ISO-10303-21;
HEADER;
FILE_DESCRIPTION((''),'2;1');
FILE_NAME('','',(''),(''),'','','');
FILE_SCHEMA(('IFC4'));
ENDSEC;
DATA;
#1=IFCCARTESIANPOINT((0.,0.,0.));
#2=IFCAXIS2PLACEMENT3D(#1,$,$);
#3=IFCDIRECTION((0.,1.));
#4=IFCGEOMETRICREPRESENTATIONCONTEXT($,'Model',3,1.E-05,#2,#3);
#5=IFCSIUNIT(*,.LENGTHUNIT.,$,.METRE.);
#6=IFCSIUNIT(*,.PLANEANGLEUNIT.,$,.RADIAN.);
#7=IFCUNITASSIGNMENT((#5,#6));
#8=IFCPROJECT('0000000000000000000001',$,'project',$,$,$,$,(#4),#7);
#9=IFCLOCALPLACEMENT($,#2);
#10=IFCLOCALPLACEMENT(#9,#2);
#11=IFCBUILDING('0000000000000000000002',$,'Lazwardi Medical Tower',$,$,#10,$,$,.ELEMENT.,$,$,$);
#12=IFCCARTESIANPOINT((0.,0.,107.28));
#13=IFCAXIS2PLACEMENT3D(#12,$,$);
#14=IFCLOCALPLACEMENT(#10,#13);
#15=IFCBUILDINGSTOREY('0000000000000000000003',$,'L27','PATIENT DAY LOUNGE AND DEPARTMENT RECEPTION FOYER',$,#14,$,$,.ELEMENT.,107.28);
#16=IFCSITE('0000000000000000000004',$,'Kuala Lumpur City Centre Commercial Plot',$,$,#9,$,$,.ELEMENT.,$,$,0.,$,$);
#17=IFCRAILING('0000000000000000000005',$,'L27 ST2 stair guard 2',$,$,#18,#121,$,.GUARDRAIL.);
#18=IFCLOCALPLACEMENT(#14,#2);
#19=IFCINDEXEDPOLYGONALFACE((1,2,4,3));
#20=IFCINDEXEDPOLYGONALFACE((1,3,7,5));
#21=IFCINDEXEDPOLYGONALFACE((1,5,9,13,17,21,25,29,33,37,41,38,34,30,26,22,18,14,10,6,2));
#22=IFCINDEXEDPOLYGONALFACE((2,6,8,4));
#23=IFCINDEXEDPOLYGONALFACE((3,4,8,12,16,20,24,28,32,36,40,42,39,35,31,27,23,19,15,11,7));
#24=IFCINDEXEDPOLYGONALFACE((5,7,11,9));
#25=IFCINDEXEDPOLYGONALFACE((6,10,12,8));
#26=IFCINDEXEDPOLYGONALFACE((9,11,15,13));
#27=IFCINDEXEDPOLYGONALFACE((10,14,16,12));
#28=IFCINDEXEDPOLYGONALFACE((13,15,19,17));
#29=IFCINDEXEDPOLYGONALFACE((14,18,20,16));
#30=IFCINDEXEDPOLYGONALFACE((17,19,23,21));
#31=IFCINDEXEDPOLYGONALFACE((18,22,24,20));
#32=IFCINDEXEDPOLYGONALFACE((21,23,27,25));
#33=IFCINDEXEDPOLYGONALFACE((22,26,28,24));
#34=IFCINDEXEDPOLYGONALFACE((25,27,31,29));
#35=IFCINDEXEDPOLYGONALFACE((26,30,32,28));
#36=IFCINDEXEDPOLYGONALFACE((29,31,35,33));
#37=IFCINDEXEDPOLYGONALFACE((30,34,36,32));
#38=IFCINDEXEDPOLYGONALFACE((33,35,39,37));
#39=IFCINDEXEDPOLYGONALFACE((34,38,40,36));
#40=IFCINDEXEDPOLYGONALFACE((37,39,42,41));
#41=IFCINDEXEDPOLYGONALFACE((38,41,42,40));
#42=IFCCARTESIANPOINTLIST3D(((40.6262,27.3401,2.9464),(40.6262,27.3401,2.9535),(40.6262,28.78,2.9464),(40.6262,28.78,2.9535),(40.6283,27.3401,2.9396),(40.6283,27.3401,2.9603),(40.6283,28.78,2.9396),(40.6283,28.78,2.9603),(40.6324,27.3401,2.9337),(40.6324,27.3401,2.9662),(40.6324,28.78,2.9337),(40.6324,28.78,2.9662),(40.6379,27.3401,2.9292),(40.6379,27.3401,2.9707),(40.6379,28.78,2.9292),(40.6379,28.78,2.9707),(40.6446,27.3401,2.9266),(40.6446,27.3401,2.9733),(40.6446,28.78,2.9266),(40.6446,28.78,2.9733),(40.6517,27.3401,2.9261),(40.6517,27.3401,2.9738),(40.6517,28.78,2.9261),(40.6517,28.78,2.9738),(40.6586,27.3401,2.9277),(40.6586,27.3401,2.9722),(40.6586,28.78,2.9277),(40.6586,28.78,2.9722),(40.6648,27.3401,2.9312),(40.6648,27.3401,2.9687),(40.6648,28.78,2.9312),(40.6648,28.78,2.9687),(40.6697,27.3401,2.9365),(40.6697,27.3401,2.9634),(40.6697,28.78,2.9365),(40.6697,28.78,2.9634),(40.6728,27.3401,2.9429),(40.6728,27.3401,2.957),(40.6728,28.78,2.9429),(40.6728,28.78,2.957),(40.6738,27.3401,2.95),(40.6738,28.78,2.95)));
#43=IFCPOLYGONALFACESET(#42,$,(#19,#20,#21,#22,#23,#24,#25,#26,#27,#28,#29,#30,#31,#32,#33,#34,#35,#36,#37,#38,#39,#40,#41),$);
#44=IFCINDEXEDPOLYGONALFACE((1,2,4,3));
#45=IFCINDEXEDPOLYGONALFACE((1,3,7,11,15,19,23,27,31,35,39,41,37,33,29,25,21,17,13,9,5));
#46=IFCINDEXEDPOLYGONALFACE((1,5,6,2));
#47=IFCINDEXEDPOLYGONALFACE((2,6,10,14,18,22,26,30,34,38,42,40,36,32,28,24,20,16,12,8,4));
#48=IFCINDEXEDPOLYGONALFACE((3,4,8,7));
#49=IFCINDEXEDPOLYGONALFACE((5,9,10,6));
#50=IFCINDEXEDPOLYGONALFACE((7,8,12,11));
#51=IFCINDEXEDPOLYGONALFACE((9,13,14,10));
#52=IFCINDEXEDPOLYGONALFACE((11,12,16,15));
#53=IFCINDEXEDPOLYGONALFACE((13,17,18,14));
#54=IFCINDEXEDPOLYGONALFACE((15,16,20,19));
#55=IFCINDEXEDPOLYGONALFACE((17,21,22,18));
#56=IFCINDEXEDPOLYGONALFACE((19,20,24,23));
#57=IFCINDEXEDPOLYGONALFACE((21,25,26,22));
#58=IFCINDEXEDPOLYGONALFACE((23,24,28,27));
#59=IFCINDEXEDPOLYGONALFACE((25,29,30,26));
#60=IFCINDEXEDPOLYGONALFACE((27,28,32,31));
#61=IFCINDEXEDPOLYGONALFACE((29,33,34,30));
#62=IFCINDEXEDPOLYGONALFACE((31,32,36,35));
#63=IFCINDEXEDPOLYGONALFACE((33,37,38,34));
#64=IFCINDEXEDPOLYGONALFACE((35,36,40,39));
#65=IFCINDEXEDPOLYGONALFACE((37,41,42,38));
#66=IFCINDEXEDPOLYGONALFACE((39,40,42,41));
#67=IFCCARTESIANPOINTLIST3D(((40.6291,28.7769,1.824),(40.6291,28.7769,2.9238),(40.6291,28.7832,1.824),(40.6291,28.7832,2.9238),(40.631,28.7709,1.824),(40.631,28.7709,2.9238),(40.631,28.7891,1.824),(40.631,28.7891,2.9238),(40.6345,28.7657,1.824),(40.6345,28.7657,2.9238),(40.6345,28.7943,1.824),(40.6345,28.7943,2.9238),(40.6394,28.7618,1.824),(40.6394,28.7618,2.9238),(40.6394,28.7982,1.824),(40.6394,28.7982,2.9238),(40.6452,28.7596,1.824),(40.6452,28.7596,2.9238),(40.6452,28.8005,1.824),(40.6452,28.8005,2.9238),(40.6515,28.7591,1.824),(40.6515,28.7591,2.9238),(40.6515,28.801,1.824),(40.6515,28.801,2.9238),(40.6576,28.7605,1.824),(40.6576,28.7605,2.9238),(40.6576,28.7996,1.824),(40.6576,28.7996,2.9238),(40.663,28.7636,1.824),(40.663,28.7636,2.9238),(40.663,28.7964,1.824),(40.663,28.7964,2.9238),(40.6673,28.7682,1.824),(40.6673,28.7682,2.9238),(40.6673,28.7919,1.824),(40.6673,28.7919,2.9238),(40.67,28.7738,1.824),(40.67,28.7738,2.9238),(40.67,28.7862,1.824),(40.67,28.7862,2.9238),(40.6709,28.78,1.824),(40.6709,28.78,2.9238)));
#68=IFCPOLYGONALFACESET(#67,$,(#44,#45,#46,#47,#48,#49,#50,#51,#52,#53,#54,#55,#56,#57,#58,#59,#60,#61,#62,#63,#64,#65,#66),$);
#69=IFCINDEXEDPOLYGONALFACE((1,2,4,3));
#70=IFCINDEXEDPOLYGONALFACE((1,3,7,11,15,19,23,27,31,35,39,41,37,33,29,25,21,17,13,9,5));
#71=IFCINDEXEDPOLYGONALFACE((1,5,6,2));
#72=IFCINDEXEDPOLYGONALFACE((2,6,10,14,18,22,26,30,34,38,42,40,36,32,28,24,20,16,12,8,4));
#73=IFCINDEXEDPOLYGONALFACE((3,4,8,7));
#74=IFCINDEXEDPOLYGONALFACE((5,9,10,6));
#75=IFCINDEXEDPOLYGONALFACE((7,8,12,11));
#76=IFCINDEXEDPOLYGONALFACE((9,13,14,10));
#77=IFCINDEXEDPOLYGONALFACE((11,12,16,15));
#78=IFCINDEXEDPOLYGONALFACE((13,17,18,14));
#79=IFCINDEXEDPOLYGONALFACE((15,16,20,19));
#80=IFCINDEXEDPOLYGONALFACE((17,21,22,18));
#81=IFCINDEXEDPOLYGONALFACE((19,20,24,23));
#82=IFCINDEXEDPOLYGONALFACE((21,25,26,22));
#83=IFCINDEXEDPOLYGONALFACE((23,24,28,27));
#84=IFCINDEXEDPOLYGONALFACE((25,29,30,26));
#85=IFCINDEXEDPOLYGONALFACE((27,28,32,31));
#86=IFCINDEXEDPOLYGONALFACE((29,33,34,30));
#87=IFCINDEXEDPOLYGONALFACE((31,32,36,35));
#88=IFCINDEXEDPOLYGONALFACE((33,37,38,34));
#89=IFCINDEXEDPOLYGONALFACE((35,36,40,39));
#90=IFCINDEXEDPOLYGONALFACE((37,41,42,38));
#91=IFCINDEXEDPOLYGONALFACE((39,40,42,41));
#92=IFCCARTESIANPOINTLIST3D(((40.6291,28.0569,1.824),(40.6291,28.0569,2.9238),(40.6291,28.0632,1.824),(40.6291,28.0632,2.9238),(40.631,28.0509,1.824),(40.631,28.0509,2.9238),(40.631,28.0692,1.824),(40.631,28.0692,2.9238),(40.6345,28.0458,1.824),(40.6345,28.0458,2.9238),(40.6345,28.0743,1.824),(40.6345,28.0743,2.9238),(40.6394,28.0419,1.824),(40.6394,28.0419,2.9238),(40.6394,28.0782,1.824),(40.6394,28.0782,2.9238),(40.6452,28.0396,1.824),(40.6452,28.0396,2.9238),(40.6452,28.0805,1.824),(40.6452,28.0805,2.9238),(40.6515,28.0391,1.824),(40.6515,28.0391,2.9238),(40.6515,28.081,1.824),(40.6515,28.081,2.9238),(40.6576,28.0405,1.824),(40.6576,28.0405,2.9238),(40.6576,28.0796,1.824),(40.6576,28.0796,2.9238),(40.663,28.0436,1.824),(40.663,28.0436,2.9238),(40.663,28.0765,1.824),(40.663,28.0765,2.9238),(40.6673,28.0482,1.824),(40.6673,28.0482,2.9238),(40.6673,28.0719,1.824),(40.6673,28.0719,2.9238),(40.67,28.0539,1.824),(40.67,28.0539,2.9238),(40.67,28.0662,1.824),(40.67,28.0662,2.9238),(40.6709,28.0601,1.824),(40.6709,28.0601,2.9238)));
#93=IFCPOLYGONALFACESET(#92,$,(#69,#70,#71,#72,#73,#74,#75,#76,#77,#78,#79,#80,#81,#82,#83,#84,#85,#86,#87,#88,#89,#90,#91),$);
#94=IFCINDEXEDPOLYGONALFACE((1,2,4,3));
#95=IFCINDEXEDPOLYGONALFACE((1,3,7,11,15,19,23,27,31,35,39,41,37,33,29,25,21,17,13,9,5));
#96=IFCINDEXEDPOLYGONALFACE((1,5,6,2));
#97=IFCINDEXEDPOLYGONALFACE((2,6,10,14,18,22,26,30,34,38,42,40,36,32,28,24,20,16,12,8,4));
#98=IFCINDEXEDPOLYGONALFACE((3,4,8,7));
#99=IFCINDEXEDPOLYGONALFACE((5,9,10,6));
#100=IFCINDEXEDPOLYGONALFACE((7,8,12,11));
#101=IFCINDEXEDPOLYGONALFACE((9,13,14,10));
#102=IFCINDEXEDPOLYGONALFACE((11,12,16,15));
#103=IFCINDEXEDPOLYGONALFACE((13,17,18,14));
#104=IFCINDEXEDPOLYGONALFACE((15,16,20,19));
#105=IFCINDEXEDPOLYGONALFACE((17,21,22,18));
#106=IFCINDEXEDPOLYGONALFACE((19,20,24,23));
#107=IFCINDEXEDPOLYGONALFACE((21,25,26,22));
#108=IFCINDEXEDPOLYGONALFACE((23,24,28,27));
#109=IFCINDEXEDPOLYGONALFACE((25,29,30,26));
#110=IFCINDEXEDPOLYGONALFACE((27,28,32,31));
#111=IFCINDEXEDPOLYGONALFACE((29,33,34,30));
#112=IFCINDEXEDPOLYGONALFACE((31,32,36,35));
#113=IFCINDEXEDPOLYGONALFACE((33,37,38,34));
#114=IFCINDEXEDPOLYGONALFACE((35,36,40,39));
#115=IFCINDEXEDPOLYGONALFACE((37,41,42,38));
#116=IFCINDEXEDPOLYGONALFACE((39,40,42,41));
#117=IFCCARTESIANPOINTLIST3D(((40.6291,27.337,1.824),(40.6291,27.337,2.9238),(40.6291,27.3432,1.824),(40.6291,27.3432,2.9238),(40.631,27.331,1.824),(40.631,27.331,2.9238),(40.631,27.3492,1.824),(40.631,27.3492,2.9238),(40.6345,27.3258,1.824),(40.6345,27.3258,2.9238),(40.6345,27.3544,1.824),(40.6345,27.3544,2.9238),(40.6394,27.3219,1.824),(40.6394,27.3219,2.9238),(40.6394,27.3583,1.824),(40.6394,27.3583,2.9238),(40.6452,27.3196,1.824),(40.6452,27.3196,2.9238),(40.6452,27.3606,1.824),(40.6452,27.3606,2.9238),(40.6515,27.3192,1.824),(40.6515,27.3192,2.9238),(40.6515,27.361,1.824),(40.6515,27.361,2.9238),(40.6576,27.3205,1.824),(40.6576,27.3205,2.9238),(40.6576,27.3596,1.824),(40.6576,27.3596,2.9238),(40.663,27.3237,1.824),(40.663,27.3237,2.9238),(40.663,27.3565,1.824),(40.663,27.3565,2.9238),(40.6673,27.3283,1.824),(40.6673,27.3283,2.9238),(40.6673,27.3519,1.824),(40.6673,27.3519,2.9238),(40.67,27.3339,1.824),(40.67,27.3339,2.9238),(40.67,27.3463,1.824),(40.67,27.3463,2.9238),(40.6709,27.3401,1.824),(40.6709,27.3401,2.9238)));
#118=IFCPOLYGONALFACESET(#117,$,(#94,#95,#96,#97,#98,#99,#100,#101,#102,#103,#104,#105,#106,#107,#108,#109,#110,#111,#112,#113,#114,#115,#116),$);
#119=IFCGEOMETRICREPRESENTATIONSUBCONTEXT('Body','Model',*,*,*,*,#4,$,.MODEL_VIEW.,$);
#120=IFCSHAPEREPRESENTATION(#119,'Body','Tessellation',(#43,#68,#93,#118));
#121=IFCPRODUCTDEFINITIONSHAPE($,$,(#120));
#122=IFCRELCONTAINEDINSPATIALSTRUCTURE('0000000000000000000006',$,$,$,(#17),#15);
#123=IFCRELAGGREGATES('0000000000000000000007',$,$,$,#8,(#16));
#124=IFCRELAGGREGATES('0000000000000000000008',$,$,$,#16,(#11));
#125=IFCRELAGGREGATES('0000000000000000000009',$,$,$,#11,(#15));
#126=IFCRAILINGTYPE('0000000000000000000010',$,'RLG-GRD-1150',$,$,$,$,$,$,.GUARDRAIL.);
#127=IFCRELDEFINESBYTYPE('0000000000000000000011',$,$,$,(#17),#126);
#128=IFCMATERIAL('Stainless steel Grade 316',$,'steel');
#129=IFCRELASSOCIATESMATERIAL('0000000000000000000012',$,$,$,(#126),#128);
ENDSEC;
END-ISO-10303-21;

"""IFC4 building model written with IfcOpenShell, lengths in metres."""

from ifc_helpers import new_model, si_unit, direction, frame, origin, origin_2d, place, context, subcontext, project, spatial, circle, extrude, material, type_object, element, save


model = new_model("IFC4")

# Units and contexts
model_context = context("Model", 3, precision=1e-05, world=origin(), true_north=direction((0.0, 1.0)))
body_context = subcontext(model_context, "Body", "Model", "MODEL_VIEW")
ifc_project = project(units=[si_unit("LENGTHUNIT", "METRE"), si_unit("PLANEANGLEUNIT", "RADIAN")], contexts=[model_context])

# Site, building, storey
site_placement = place(None, origin())
site = spatial("IfcSite", under=ifc_project, at=site_placement, Name="Kuala Lumpur City Centre Commercial Plot", CompositionType="ELEMENT", RefElevation=0.0)
building_placement = place(site_placement, origin())
building = spatial("IfcBuilding", under=site, at=building_placement, Name="Lazwardi Medical Tower", CompositionType="ELEMENT")
storey_placement = place(building_placement, frame((0.0, 0.0, 107.28)))
storey = spatial("IfcBuildingStorey", under=building, at=storey_placement, Name="L27", Description="PATIENT DAY LOUNGE AND DEPARTMENT RECEPTION FOYER", CompositionType="ELEMENT", Elevation=107.28)

# Railing
ifc_material_1 = material(Name="Stainless steel Grade 316", Category="steel")
railing_type_1 = type_object("IfcRailingType", Name="RLG-GRD-1150", PredefinedType="GUARDRAIL", material=ifc_material_1)
railing_1_placement = place(storey_placement, frame((40.6499, 28.78, 1.824)))
element("IfcRailing", 1, at=railing_1_placement, inside=storey, type_object=railing_type_1, Name="L27 ST2 stair guard 2", PredefinedType="GUARDRAIL", context=body_context, shape_type="SweptSolid", body=[
    extrude(circle(Radius=0.0239, at=origin_2d()), frame((0.0, 0.0, 1.126), z_axis=(0.0, -1.0, 0.0), x_axis=(1.0, 0.0, 0.0)), (0.0, 0.0, 1.0), 1.4399),
    extrude(circle(Radius=0.021, at=origin_2d()), origin(), (0.0, 0.0, 1.0), 1.0999),
    extrude(circle(Radius=0.021, at=origin_2d()), frame((0.0, -0.72, 0.0)), (0.0, 0.0, 1.0), 1.0999),
    extrude(circle(Radius=0.021, at=origin_2d()), frame((0.0, -1.4399, 0.0)), (0.0, 0.0, 1.0), 1.0999),
])

save(model, "model.ifc")
